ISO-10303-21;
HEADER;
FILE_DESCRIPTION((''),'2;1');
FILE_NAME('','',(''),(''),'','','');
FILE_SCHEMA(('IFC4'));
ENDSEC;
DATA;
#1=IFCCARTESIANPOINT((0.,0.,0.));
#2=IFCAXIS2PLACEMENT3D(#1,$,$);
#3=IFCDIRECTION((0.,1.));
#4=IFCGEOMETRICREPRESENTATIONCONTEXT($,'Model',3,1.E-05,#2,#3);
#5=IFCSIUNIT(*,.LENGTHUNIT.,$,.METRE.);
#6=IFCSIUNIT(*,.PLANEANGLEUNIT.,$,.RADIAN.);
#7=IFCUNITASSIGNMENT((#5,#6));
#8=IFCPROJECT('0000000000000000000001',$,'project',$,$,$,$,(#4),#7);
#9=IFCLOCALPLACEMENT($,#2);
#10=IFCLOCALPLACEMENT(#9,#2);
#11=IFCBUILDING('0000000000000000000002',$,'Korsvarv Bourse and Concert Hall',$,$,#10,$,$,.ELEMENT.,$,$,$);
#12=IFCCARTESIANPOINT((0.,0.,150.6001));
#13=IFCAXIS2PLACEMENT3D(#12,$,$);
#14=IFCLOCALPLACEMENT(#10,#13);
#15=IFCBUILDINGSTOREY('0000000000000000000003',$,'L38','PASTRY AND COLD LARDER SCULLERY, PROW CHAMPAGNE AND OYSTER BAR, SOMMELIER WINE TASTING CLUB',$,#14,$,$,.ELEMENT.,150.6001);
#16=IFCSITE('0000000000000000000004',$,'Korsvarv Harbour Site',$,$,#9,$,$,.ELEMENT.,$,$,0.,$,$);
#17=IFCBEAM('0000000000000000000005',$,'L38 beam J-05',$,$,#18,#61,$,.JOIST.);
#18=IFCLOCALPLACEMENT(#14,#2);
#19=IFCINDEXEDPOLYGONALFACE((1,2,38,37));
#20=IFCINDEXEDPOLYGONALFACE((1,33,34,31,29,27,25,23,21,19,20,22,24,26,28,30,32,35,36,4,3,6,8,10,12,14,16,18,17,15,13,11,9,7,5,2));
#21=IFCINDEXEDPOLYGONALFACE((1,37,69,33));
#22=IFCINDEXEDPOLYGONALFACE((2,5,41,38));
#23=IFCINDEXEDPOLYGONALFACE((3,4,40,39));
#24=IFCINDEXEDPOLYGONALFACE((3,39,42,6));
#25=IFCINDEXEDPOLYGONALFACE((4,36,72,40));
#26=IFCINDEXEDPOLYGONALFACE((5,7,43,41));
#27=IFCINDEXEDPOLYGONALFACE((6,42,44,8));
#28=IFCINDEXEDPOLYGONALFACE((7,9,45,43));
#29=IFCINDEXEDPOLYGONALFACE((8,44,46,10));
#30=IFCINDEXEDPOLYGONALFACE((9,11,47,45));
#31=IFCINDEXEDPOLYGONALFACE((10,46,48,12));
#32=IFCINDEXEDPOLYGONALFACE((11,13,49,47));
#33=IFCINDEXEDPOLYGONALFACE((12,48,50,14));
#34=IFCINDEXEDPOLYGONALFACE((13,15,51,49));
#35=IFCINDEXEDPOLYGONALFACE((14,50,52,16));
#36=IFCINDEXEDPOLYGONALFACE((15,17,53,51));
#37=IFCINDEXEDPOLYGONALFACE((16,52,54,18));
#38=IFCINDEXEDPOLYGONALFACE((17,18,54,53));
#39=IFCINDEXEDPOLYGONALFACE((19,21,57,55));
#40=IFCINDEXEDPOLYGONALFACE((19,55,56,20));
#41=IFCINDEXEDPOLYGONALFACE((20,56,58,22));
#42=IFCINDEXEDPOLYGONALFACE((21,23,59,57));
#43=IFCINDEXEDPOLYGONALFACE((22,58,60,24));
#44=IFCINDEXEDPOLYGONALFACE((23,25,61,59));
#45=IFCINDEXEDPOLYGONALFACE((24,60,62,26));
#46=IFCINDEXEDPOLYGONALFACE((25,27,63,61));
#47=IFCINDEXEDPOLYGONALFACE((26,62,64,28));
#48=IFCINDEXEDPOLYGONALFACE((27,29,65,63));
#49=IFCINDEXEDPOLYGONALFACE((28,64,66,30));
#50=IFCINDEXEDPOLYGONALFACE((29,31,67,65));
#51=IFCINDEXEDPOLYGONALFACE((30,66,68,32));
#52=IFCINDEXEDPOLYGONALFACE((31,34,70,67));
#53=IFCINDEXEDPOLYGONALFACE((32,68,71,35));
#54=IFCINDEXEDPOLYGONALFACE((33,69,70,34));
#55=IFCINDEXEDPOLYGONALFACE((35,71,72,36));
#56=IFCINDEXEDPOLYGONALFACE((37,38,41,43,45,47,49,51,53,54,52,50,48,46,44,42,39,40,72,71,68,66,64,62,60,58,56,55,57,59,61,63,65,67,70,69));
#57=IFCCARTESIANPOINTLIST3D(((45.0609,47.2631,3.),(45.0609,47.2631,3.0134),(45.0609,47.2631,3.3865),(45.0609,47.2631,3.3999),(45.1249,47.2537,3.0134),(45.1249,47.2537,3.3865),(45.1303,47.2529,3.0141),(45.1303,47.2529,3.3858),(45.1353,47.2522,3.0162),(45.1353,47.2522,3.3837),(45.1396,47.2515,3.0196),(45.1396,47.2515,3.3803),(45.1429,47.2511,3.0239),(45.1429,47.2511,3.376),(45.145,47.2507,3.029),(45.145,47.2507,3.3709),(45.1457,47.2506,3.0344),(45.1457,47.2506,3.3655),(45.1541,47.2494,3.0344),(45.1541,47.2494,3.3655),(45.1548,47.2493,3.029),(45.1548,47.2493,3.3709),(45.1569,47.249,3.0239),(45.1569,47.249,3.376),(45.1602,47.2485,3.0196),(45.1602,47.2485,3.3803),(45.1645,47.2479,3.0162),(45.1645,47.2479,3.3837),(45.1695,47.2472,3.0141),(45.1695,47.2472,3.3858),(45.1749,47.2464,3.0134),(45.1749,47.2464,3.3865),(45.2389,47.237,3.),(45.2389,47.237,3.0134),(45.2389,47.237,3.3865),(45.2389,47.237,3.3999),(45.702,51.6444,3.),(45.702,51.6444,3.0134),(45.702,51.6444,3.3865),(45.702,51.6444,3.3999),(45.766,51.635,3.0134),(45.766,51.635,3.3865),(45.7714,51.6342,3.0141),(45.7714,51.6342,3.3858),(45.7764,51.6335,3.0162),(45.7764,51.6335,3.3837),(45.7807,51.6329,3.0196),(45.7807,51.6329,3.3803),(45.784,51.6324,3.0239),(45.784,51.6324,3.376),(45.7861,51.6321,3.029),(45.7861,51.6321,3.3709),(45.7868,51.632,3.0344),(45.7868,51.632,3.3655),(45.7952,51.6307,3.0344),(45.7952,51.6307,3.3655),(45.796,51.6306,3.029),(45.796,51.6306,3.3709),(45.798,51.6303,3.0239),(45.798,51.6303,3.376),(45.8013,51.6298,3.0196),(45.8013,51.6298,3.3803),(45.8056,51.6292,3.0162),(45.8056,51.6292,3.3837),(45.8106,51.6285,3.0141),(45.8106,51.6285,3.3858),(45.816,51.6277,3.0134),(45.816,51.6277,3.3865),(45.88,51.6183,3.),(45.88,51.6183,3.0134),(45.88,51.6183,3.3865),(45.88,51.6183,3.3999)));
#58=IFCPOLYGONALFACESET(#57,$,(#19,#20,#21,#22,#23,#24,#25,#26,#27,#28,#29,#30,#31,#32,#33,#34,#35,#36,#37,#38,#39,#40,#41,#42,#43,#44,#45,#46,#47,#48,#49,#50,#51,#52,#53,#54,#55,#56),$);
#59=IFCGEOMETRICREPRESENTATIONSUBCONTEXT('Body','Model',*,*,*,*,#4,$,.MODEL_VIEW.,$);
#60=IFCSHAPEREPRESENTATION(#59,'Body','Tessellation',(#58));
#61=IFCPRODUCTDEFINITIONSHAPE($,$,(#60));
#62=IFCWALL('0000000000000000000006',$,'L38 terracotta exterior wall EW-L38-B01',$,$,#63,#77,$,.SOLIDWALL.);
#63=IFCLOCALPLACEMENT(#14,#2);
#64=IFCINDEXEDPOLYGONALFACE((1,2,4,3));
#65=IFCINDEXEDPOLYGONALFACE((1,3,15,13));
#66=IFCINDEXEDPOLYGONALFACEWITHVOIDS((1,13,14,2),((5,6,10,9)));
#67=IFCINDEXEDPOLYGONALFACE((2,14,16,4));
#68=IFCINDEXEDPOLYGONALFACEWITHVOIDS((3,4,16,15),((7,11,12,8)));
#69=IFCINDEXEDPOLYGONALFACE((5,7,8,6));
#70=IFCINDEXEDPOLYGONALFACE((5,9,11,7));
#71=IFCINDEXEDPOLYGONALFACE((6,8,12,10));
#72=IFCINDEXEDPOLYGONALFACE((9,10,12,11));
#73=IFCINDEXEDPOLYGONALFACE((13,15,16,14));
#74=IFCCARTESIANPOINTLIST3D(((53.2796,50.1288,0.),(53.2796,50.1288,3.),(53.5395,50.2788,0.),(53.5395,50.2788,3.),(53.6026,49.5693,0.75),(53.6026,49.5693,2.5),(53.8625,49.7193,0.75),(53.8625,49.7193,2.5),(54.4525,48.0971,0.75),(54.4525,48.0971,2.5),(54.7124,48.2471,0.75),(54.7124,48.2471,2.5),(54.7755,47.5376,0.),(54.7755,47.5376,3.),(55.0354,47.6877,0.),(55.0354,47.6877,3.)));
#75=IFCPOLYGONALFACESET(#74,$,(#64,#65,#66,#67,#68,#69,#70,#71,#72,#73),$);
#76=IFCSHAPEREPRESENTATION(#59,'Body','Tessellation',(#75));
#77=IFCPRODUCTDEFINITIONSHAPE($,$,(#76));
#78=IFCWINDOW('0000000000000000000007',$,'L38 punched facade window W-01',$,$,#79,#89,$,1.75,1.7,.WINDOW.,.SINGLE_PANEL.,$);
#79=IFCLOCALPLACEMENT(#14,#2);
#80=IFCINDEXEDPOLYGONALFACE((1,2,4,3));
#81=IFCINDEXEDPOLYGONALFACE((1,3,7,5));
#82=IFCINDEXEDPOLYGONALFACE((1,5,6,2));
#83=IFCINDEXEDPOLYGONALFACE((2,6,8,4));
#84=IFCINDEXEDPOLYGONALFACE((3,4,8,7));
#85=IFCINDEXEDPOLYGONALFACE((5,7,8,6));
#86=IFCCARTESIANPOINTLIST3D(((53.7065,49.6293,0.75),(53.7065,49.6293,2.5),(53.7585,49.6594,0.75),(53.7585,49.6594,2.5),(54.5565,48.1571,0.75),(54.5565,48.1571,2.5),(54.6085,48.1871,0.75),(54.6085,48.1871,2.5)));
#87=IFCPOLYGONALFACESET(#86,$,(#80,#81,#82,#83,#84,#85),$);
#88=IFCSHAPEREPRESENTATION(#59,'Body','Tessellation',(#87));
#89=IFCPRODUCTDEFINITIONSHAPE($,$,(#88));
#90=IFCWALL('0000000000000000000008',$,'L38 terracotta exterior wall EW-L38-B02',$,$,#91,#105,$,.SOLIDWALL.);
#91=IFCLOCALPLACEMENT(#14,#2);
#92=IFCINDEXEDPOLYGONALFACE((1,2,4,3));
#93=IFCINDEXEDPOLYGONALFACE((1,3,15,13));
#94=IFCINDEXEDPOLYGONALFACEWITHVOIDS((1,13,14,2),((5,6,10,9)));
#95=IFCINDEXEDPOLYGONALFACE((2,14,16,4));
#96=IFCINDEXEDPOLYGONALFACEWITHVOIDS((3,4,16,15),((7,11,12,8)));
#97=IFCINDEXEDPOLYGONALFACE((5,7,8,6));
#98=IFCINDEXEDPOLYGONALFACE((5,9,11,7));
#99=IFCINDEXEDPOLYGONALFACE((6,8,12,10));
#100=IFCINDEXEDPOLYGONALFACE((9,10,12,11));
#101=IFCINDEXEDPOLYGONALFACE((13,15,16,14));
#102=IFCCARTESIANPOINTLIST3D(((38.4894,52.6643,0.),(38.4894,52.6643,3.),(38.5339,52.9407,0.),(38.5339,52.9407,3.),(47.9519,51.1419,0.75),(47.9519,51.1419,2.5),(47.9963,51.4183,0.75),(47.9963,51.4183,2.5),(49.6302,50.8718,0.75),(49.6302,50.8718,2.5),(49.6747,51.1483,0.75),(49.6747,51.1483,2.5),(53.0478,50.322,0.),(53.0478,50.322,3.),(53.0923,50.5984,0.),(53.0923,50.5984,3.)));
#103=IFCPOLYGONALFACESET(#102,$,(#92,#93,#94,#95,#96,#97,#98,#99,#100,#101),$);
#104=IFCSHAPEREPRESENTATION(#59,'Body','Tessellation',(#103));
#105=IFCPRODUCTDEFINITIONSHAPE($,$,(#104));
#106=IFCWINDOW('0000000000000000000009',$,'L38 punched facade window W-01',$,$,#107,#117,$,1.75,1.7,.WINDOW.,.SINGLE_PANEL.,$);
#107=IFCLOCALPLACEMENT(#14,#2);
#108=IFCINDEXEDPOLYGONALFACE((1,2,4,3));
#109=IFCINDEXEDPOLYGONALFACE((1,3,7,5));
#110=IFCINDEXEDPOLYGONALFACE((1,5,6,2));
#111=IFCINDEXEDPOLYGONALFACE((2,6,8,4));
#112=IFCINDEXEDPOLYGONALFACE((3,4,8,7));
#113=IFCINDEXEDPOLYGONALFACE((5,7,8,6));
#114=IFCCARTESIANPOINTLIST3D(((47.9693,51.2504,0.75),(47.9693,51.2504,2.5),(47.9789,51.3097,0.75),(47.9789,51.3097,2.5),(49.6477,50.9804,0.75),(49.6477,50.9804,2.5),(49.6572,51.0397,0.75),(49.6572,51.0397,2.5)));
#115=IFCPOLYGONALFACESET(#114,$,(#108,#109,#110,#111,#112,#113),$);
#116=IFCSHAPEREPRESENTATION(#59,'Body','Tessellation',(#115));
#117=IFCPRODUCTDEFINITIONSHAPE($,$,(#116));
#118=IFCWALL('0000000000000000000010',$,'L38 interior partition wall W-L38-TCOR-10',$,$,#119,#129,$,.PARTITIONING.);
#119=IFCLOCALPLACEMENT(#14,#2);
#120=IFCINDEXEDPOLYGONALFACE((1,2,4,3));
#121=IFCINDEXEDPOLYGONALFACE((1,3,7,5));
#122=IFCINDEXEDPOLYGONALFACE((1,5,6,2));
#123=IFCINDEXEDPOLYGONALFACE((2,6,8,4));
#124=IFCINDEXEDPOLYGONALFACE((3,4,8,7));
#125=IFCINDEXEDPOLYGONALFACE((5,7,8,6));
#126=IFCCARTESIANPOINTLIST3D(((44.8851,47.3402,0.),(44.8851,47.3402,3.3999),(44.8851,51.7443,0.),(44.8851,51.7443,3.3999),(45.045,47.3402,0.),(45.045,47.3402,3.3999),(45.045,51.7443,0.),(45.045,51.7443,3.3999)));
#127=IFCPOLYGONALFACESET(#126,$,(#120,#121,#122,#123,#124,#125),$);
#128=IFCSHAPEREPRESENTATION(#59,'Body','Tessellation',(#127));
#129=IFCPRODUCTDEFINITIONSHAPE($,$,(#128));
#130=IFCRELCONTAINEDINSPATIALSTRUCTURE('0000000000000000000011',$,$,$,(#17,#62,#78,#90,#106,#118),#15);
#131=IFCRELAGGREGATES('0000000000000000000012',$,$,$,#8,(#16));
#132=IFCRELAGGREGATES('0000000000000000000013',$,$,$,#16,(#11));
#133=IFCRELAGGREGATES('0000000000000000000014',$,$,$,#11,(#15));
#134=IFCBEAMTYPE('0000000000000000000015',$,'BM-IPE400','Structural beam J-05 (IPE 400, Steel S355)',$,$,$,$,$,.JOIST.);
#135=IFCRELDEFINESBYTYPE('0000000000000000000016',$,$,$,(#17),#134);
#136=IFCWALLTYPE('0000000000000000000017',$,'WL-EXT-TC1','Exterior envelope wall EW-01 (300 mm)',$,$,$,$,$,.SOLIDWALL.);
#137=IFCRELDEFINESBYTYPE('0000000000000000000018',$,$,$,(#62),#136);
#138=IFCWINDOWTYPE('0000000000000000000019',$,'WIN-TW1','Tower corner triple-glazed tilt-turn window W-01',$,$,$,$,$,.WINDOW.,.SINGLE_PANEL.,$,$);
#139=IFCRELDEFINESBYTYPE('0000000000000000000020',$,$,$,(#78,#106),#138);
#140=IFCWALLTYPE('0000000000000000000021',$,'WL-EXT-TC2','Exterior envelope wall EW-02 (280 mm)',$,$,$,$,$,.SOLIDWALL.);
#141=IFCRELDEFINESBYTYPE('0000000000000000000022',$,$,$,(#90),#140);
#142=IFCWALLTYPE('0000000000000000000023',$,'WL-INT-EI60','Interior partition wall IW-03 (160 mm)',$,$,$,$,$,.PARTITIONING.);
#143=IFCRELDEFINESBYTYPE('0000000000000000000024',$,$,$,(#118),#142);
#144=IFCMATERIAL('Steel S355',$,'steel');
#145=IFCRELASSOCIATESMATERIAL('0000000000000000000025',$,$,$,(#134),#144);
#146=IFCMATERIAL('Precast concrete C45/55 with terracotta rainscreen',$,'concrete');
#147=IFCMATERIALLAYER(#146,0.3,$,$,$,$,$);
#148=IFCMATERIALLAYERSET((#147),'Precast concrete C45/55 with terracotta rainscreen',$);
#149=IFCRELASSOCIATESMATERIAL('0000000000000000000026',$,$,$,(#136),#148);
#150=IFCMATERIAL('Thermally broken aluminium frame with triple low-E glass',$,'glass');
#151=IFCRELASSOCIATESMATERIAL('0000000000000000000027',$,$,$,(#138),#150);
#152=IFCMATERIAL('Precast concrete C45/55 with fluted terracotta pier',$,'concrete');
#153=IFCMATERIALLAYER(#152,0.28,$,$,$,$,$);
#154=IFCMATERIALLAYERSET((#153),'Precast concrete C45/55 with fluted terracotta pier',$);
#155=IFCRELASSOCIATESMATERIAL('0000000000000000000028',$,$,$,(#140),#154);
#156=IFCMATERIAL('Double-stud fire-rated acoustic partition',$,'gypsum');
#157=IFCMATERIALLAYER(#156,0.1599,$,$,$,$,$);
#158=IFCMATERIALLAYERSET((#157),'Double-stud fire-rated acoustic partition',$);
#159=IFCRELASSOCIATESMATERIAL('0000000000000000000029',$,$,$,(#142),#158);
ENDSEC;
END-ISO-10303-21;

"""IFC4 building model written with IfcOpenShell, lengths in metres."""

from ifc_helpers import new_model, si_unit, direction, frame, frame_2d, origin, origin_2d, place, context, subcontext, project, spatial, rectangle, i_section, extrude, source, transform, mapped, material, layer, layer_set, material_profile, profile_set, type_object, element, fill, save


model = new_model("IFC4")

# Units and contexts
model_context = context("Model", 3, precision=1e-05, world=origin(), true_north=direction((0.0, 1.0)))
body_context = subcontext(model_context, "Body", "Model", "MODEL_VIEW")
ifc_project = project(units=[si_unit("LENGTHUNIT", "METRE"), si_unit("PLANEANGLEUNIT", "RADIAN")], contexts=[model_context])

# Site, building, storey
site_placement = place(None, origin())
site = spatial("IfcSite", under=ifc_project, at=site_placement, Name="Korsvarv Harbour Site", CompositionType="ELEMENT", RefElevation=0.0)
building_placement = place(site_placement, origin())
building = spatial("IfcBuilding", under=site, at=building_placement, Name="Korsvarv Bourse and Concert Hall", CompositionType="ELEMENT")
storey_placement = place(building_placement, frame((0.0, 0.0, 150.6001)))
storey = spatial("IfcBuildingStorey", under=building, at=storey_placement, Name="L38", Description="PASTRY AND COLD LARDER SCULLERY, PROW CHAMPAGNE AND OYSTER BAR, SOMMELIER WINE TASTING CLUB", CompositionType="ELEMENT", Elevation=150.6001)

# Shared definitions
ifc_material_1 = material(Name="Steel S355", Category="steel")

# Beam
ifc_material_profile_1 = material_profile(ifc_material_1, i_section(OverallWidth=0.1799, OverallDepth=0.3999, WebThickness=0.0085, FlangeThickness=0.0134, FilletRadius=0.021, at=origin_2d()), Name="IPE 400")
ifc_profile_set_1 = profile_set([ifc_material_profile_1], Name="Steel S355")
beam_type_1 = type_object("IfcBeamType", Name="BM-IPE400", Description="Structural beam J-05 (IPE 400, Steel S355)", PredefinedType="JOIST", material=ifc_profile_set_1)
shared_shape_1 = source(origin(), body_context, "Body", "SweptSolid", [
    extrude(i_section(OverallWidth=0.1799, OverallDepth=0.3999, WebThickness=0.0085, FlangeThickness=0.0134, FilletRadius=0.021, at=origin_2d()), origin(), (0.0, 0.0, 1.0), 4.428),
])
beam_1_placement = place(storey_placement, frame((45.791, 51.6313, 3.2), z_axis=(-0.144786, -0.989463, 0.0), x_axis=(0.989463, -0.144786, 0.0)))
element("IfcBeam", 1, at=beam_1_placement, inside=storey, type_object=beam_type_1, Name="L38 beam J-05", PredefinedType="JOIST", context=body_context, shape_type="MappedRepresentation", body=[
    mapped(shared_shape_1, transform((0.0, 0.0, 0.0), scale=1.0)),
])

# Walls, openings, windows
ifc_material_2 = material(Name="Precast concrete C45/55 with terracotta rainscreen", Category="concrete")
ifc_layer_1 = layer(ifc_material_2, 0.3)
ifc_layer_set_1 = layer_set([ifc_layer_1], Name="Precast concrete C45/55 with terracotta rainscreen")
wall_type_1 = type_object("IfcWallType", Name="WL-EXT-TC1", Description="Exterior envelope wall EW-01 (300 mm)", PredefinedType="SOLIDWALL", material=ifc_layer_set_1)
wall_1_placement = place(storey_placement, frame((54.9055, 47.6125, 0.0), z_axis=(0.0, 0.0, 1.0), x_axis=(-0.499974, 0.86604, 0.0)))
wall_1 = element("IfcWall", 2, at=wall_1_placement, inside=storey, type_object=wall_type_1, Name="L38 terracotta exterior wall EW-L38-B01", PredefinedType="SOLIDWALL", context=body_context, shape_type="SweptSolid", body=[
    extrude(rectangle(XDim=2.9919, YDim=0.3, at=frame_2d((1.4961, 0.0))), origin(), (0.0, 0.0, 1.0), 3.0),
])
opening_1_placement = place(wall_1_placement, frame((0.646, 0.0, 0.75)))
opening_1 = element("IfcOpeningElement", 3, at=opening_1_placement, cuts=wall_1, PredefinedType="OPENING", context=body_context, shape_type="SweptSolid", body=[
    extrude(rectangle(XDim=1.7, YDim=1.75, at=frame_2d((0.8501, 0.875))), frame((0.0, 0.1602, 0.0), z_axis=(0.0, -1.0, 0.0), x_axis=(1.0, 0.0, 0.0)), (0.0, 0.0, 1.0), 0.3201),
])
ifc_material_3 = material(Name="Thermally broken aluminium frame with triple low-E glass", Category="glass")
window_type = type_object("IfcWindowType", Name="WIN-TW1", Description="Tower corner triple-glazed tilt-turn window W-01", PartitioningType="SINGLE_PANEL", PredefinedType="WINDOW", material=ifc_material_3)
window_1_placement = place(opening_1_placement, origin())
window_1 = element("IfcWindow", 4, at=window_1_placement, inside=storey, type_object=window_type, Name="L38 punched facade window W-01", OverallHeight=1.75, OverallWidth=1.7, PartitioningType="SINGLE_PANEL", PredefinedType="WINDOW", context=body_context, shape_type="SweptSolid", body=[
    extrude(rectangle(XDim=1.7, YDim=1.75, at=frame_2d((0.8501, 0.875))), frame((0.0, 0.03, 0.0), z_axis=(0.0, -1.0, 0.0), x_axis=(1.0, 0.0, 0.0)), (0.0, 0.0, 1.0), 0.0601),
])
fill(opening_1, window_1)
ifc_material_4 = material(Name="Precast concrete C45/55 with fluted terracotta pier", Category="concrete")
ifc_layer_2 = layer(ifc_material_4, 0.28)
ifc_layer_set_2 = layer_set([ifc_layer_2], Name="Precast concrete C45/55 with fluted terracotta pier")
wall_type_2 = type_object("IfcWallType", Name="WL-EXT-TC2", Description="Exterior envelope wall EW-02 (280 mm)", PredefinedType="SOLIDWALL", material=ifc_layer_set_2)
wall_2_placement = place(storey_placement, frame((53.0701, 50.4602, 0.0), z_axis=(0.0, 0.0, 1.0), x_axis=(-0.987303, 0.158847, 0.0)))
wall_2 = element("IfcWall", 5, at=wall_2_placement, inside=storey, type_object=wall_type_2, Name="L38 terracotta exterior wall EW-L38-B02", PredefinedType="SOLIDWALL", context=body_context, shape_type="SweptSolid", body=[
    extrude(rectangle(XDim=14.7456, YDim=0.28, at=frame_2d((7.3728, 0.0))), origin(), (0.0, 0.0, 1.0), 3.0),
])
opening_2_placement = place(wall_2_placement, frame((3.4614, 0.0, 0.75)))
opening_2 = element("IfcOpeningElement", 6, at=opening_2_placement, cuts=wall_2, PredefinedType="OPENING", context=body_context, shape_type="SweptSolid", body=[
    extrude(rectangle(XDim=1.7, YDim=1.75, at=frame_2d((0.8501, 0.875))), frame((0.0, 0.1499, 0.0), z_axis=(0.0, -1.0, 0.0), x_axis=(1.0, 0.0, 0.0)), (0.0, 0.0, 1.0), 0.3),
])
window_2_placement = place(opening_2_placement, origin())
window_2 = element("IfcWindow", 7, at=window_2_placement, inside=storey, type_object=window_type, Name="L38 punched facade window W-01", OverallHeight=1.75, OverallWidth=1.7, PartitioningType="SINGLE_PANEL", PredefinedType="WINDOW", context=body_context, shape_type="SweptSolid", body=[
    extrude(rectangle(XDim=1.7, YDim=1.75, at=frame_2d((0.8501, 0.875))), frame((0.0, 0.03, 0.0), z_axis=(0.0, -1.0, 0.0), x_axis=(1.0, 0.0, 0.0)), (0.0, 0.0, 1.0), 0.0601),
])
fill(opening_2, window_2)

# Wall
ifc_material_5 = material(Name="Double-stud fire-rated acoustic partition", Category="gypsum")
ifc_layer_3 = layer(ifc_material_5, 0.1599)
ifc_layer_set_3 = layer_set([ifc_layer_3], Name="Double-stud fire-rated acoustic partition")
wall_type_3 = type_object("IfcWallType", Name="WL-INT-EI60", Description="Interior partition wall IW-03 (160 mm)", PredefinedType="PARTITIONING", material=ifc_layer_set_3)
wall_3_placement = place(storey_placement, frame((44.9651, 47.3401, 0.0), z_axis=(0.0, 0.0, 1.0), x_axis=(0.0, 1.0, 0.0)))
element("IfcWall", 8, at=wall_3_placement, inside=storey, type_object=wall_type_3, Name="L38 interior partition wall W-L38-TCOR-10", PredefinedType="PARTITIONING", context=body_context, shape_type="SweptSolid", body=[
    extrude(rectangle(XDim=4.4041, YDim=0.1599, at=frame_2d((2.2021, 0.0))), origin(), (0.0, 0.0, 1.0), 3.3999),
])

save(model, "model.ifc")
